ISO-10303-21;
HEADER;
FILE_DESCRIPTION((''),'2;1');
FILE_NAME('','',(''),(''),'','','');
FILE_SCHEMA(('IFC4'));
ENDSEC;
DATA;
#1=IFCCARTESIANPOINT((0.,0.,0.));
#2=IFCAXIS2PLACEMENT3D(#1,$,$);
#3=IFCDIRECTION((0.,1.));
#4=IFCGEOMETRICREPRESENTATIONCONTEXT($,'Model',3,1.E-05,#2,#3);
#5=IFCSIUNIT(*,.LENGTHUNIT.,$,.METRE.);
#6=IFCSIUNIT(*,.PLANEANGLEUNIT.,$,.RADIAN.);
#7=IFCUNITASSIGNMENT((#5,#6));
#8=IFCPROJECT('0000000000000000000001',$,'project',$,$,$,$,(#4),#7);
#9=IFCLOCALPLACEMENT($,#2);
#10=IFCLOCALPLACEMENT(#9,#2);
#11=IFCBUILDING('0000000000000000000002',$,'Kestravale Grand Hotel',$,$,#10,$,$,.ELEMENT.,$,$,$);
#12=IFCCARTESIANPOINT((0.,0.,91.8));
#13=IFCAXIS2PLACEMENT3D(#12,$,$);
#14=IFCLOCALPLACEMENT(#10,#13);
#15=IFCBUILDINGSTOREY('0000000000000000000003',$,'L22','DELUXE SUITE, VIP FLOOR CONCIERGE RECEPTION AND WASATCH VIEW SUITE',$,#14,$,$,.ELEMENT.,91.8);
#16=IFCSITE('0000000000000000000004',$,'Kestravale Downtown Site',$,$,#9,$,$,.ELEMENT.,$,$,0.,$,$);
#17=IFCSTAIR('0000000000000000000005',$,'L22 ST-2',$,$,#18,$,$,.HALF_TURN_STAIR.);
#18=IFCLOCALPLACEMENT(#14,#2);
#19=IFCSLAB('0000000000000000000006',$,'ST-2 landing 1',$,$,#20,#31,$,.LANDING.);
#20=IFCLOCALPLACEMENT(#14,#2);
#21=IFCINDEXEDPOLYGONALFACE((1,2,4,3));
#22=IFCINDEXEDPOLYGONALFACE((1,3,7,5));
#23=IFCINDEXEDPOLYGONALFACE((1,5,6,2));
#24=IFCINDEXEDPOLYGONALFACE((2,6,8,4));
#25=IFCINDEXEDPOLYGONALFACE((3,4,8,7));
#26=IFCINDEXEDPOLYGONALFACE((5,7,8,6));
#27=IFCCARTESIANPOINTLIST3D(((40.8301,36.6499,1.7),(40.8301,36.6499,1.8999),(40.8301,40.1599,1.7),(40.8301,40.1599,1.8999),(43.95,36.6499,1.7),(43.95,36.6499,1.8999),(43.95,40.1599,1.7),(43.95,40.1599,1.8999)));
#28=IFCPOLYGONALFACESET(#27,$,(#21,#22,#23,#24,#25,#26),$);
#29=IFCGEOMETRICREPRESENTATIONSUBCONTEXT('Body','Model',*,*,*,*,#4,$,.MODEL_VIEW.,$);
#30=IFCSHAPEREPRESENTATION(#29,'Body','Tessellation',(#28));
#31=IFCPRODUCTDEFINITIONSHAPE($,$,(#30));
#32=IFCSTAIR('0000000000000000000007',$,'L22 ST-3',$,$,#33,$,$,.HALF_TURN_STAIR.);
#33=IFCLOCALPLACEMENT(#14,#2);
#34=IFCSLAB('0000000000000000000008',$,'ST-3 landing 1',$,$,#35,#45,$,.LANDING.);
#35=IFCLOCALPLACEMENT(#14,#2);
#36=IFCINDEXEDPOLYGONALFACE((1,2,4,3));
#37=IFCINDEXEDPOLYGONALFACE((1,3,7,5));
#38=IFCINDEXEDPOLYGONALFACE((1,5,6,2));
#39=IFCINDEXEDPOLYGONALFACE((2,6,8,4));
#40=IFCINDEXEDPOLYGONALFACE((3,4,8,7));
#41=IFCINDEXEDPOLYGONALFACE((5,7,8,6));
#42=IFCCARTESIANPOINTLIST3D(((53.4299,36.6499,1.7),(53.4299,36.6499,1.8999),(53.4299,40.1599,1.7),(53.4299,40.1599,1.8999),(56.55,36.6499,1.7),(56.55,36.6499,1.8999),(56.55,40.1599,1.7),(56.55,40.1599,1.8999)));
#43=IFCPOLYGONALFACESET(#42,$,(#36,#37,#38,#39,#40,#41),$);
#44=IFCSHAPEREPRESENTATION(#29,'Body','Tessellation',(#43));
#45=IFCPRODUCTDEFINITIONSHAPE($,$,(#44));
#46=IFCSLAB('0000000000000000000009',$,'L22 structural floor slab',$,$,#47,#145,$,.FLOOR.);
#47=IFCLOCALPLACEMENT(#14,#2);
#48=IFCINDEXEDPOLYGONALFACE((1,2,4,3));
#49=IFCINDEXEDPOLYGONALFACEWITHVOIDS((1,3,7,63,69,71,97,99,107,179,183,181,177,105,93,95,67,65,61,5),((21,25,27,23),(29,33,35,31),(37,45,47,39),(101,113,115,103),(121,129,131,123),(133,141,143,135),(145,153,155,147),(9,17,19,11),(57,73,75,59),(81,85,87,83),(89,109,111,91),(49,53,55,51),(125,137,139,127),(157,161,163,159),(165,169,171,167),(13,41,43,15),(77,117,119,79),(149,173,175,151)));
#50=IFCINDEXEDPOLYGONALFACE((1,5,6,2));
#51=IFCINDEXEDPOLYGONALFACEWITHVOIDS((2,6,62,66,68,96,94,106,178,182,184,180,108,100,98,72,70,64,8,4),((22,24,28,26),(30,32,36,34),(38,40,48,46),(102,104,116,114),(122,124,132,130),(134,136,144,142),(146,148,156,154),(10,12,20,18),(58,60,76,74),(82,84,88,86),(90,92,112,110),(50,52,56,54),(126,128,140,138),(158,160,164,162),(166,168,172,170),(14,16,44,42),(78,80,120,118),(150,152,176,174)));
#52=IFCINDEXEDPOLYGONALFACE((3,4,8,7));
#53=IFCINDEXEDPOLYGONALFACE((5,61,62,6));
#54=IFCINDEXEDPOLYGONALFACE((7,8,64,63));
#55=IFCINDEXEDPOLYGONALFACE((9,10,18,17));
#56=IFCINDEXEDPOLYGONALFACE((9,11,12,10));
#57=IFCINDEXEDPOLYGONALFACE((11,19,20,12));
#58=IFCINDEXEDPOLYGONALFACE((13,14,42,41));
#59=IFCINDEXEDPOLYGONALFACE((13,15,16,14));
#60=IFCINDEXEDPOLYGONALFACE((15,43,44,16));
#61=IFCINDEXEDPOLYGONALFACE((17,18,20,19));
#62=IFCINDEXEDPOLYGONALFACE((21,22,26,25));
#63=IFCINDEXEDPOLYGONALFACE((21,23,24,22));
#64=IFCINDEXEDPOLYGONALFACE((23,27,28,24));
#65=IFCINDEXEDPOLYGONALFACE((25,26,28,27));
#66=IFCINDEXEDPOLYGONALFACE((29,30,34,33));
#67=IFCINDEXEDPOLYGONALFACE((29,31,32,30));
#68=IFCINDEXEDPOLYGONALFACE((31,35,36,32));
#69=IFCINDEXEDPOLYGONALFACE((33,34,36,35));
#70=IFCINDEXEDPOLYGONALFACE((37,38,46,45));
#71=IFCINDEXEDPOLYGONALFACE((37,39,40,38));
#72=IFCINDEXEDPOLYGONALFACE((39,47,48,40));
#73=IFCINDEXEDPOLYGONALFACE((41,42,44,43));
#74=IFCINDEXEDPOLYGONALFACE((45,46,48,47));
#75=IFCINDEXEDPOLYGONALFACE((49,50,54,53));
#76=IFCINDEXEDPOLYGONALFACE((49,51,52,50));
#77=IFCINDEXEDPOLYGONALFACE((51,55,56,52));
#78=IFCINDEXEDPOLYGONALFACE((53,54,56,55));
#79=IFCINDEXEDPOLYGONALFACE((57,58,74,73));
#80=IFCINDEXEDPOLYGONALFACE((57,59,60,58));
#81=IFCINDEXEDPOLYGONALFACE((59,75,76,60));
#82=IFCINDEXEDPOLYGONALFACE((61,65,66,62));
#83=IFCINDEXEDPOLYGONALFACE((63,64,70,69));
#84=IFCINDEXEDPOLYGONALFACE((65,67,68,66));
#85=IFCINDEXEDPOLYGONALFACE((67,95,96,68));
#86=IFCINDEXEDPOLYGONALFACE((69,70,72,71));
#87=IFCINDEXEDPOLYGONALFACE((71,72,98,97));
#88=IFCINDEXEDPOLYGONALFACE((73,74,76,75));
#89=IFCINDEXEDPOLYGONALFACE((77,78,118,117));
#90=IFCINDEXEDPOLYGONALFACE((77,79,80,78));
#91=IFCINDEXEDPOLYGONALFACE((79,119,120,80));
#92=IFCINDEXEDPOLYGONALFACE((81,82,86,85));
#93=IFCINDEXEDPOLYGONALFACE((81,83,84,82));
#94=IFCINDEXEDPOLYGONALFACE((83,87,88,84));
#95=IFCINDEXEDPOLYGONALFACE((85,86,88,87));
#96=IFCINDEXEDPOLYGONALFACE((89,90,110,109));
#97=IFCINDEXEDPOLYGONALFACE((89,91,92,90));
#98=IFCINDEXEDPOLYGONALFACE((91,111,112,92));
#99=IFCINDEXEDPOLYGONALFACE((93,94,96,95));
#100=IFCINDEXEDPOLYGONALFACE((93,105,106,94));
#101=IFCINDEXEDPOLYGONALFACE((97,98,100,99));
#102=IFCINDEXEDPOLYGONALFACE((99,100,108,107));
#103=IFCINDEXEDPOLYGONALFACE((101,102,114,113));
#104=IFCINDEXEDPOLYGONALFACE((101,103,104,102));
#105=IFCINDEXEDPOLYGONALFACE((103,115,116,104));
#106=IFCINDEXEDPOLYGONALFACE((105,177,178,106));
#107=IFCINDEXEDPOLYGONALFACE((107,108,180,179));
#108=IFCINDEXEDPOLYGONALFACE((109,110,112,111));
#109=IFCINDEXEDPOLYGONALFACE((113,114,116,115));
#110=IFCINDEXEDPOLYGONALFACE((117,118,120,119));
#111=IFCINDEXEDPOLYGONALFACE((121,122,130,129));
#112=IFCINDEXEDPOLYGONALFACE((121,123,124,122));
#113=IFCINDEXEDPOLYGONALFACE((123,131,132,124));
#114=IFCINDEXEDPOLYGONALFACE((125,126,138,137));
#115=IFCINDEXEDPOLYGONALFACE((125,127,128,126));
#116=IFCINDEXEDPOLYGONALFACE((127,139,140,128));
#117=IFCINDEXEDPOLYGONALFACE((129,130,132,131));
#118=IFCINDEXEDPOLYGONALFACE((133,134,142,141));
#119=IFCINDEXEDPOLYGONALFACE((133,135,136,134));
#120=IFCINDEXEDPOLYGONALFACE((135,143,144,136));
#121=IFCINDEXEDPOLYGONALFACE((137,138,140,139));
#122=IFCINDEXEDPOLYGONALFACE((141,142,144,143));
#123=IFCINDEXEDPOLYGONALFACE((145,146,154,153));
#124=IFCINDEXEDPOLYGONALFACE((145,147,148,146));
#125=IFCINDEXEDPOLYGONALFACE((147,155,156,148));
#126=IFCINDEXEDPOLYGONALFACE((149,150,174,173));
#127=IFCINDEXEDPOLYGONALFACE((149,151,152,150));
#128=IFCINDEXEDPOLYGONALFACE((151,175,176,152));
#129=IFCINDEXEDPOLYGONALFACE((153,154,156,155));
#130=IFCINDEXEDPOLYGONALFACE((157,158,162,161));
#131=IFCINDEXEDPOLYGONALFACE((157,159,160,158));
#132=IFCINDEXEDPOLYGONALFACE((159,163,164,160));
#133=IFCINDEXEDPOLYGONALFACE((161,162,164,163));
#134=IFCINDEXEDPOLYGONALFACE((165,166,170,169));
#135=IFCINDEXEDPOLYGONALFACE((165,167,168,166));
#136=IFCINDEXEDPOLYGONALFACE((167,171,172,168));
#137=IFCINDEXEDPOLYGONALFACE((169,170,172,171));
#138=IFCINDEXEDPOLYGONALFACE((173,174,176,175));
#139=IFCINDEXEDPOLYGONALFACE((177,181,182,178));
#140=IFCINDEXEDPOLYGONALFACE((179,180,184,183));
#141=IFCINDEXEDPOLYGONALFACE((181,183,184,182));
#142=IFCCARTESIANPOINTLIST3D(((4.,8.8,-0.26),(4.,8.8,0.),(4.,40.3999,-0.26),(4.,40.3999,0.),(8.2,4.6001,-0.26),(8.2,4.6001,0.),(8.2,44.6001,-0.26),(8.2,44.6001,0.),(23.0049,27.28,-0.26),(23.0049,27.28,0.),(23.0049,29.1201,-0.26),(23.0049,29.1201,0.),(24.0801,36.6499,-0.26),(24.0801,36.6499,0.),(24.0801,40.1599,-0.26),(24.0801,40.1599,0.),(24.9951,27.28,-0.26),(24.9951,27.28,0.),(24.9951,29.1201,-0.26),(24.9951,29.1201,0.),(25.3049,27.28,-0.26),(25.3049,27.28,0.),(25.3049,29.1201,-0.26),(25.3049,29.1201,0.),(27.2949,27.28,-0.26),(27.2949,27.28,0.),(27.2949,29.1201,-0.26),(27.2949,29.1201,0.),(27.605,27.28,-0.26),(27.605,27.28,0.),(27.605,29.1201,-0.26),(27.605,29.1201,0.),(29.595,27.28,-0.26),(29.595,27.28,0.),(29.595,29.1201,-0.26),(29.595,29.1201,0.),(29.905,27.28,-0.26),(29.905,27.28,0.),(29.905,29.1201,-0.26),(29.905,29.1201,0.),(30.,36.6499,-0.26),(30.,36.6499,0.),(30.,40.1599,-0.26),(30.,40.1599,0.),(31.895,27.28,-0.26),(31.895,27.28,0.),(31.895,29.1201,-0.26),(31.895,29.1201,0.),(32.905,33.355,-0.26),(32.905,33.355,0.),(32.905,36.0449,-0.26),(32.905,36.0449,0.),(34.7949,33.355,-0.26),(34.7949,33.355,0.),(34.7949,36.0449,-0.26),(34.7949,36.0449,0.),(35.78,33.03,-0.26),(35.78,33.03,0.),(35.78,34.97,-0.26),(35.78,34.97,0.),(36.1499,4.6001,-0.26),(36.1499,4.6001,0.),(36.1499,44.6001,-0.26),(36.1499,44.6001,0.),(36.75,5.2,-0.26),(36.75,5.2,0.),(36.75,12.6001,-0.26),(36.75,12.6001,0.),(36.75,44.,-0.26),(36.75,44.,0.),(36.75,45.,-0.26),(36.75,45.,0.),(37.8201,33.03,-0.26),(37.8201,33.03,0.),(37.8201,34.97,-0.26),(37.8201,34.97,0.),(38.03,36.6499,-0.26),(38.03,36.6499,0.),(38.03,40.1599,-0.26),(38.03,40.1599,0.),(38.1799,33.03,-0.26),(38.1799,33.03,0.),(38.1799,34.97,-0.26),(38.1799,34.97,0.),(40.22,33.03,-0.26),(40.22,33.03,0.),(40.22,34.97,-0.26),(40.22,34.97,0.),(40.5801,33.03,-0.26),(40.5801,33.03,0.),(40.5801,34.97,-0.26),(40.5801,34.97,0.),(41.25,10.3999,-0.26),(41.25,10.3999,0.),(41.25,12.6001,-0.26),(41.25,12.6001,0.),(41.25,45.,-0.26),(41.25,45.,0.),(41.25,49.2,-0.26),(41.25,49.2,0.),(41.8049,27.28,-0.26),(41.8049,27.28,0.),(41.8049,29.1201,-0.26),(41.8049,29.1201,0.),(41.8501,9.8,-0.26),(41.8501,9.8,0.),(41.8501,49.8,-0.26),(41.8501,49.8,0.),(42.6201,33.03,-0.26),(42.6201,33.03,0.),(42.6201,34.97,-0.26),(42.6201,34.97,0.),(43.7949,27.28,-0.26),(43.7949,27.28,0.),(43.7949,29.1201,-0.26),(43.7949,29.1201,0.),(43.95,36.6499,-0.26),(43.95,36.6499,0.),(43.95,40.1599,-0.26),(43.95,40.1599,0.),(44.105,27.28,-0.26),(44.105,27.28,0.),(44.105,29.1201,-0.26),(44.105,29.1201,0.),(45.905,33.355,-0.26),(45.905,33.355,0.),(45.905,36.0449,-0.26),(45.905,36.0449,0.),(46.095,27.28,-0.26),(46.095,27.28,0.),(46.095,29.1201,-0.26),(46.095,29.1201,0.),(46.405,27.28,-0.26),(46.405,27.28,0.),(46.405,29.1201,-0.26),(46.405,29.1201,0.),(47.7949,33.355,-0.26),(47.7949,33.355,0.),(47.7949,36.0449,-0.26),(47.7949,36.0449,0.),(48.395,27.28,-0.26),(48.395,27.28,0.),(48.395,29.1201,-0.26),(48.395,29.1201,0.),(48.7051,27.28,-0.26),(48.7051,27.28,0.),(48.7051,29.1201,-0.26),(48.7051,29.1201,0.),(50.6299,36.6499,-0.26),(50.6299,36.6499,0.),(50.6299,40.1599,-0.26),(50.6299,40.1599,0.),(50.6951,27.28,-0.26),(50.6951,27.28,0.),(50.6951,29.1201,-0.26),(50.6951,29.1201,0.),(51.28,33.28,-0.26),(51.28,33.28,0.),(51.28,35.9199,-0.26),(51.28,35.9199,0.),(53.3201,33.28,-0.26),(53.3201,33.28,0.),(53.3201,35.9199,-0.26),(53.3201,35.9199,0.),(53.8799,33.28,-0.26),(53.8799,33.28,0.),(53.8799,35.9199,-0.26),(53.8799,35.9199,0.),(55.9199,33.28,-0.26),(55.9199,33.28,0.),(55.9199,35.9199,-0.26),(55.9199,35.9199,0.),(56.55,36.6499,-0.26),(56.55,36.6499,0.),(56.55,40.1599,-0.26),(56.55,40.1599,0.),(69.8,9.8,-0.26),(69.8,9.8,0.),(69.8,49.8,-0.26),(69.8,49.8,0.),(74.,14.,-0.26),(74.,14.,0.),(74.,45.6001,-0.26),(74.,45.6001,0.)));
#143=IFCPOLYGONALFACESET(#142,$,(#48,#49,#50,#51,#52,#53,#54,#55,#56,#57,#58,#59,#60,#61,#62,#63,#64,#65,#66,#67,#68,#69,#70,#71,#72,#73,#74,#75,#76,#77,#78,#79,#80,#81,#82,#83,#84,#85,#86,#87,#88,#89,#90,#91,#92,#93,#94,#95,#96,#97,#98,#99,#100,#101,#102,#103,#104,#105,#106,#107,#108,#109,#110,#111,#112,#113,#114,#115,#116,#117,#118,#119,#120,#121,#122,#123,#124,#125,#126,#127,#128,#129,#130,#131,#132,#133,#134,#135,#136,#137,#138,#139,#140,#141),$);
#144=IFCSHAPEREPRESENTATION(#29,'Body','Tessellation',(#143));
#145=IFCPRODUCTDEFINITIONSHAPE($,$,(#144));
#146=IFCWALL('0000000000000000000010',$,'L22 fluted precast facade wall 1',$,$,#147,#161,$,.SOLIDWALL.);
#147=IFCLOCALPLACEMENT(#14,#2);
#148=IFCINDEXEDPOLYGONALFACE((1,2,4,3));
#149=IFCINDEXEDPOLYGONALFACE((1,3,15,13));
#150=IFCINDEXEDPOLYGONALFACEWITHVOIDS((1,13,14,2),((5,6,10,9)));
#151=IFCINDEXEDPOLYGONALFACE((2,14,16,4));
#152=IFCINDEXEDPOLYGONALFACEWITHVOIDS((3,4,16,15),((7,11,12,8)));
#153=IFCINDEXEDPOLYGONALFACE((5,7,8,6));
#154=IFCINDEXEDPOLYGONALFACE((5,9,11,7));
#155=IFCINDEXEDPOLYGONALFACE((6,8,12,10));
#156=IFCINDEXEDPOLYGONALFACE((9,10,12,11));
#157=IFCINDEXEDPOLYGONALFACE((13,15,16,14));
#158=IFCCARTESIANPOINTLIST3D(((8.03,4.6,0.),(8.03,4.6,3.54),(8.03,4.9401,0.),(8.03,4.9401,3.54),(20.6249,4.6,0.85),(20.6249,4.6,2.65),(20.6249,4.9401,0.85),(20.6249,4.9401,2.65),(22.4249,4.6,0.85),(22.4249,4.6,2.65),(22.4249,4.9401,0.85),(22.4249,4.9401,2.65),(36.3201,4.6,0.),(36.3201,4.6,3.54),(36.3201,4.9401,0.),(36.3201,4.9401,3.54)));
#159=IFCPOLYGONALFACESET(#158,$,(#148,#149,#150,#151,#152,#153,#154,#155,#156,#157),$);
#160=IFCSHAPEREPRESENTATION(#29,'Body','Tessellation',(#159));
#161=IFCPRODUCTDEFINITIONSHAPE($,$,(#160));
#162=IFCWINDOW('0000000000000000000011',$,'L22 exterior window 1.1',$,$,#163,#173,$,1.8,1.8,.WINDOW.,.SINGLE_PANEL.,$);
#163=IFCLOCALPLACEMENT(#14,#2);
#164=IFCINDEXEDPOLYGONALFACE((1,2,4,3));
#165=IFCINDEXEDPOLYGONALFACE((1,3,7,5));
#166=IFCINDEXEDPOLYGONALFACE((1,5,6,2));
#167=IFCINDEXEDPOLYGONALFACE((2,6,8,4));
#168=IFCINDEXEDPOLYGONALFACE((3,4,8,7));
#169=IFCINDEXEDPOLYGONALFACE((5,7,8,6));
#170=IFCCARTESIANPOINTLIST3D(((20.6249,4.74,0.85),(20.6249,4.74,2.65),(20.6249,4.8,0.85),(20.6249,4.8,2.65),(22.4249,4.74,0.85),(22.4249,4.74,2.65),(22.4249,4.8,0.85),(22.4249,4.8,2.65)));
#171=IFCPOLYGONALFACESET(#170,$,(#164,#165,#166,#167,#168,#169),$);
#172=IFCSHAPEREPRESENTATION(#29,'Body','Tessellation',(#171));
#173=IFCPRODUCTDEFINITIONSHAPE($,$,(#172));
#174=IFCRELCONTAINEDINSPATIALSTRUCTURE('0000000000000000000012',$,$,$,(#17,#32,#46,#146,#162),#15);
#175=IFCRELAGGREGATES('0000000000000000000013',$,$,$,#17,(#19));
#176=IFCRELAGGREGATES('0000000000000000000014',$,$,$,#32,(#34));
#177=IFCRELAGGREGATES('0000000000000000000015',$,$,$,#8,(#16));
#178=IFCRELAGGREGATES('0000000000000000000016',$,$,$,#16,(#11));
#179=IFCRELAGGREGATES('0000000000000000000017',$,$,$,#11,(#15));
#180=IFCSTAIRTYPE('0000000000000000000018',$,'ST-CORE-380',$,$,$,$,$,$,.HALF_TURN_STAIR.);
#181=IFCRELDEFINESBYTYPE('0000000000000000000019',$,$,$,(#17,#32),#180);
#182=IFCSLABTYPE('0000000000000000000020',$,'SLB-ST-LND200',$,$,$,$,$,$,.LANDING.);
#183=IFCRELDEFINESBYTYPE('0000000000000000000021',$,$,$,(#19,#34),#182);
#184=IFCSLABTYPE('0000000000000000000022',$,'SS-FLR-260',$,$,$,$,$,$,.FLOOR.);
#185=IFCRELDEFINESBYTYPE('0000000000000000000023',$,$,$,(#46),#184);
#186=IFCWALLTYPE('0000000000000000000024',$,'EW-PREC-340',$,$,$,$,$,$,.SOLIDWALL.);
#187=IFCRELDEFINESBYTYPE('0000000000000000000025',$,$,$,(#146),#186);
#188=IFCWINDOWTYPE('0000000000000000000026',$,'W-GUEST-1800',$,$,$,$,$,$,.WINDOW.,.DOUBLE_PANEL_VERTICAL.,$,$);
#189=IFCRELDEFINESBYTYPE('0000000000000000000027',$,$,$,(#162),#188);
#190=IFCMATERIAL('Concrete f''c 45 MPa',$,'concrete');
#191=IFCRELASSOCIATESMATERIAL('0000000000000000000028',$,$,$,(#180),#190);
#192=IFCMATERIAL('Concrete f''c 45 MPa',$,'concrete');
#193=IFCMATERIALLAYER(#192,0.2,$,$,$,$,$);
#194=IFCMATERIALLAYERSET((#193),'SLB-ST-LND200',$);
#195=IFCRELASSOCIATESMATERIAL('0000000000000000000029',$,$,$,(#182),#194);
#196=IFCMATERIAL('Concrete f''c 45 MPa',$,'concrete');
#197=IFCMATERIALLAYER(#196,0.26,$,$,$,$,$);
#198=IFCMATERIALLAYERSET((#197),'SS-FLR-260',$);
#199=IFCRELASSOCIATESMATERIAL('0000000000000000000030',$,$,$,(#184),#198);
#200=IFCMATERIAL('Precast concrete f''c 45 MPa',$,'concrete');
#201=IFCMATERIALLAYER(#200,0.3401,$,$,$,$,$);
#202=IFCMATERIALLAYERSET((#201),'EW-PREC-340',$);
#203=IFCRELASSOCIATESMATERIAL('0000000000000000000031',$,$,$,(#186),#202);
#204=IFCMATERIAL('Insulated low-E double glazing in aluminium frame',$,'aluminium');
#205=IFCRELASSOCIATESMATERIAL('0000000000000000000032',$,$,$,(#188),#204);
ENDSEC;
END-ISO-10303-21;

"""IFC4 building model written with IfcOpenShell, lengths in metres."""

from ifc_helpers import new_model, si_unit, direction, frame, frame_2d, origin, place, context, subcontext, project, spatial, polyline, rectangle, outline, extrude, material, layer, layer_set, type_object, element, fill, aggregate, save


model = new_model("IFC4")

# Units and contexts
model_context = context("Model", 3, precision=1e-05, world=origin(), true_north=direction((0.0, 1.0)))
body_context = subcontext(model_context, "Body", "Model", "MODEL_VIEW")
ifc_project = project(units=[si_unit("LENGTHUNIT", "METRE"), si_unit("PLANEANGLEUNIT", "RADIAN")], contexts=[model_context])

# Site, building, storey
site_placement = place(None, origin())
site = spatial("IfcSite", under=ifc_project, at=site_placement, Name="Kestravale Downtown Site", CompositionType="ELEMENT", RefElevation=0.0)
building_placement = place(site_placement, origin())
building = spatial("IfcBuilding", under=site, at=building_placement, Name="Kestravale Grand Hotel", CompositionType="ELEMENT")
storey_placement = place(building_placement, frame((0.0, 0.0, 91.8)))
storey = spatial("IfcBuildingStorey", under=building, at=storey_placement, Name="L22", Description="DELUXE SUITE, VIP FLOOR CONCIERGE RECEPTION AND WASATCH VIEW SUITE", CompositionType="ELEMENT", Elevation=91.8)

# Stairs, slabs
ifc_material_1 = material(Name="Concrete f'c 45 MPa", Category="concrete")
stair_type = type_object("IfcStairType", Name="ST-CORE-380", PredefinedType="HALF_TURN_STAIR", material=ifc_material_1)
ifc_material_2 = material(Name="Concrete f'c 45 MPa", Category="concrete")
ifc_layer_1 = layer(ifc_material_2, 0.2)
ifc_layer_set_1 = layer_set([ifc_layer_1], Name="SLB-ST-LND200")
slab_type_1 = type_object("IfcSlabType", Name="SLB-ST-LND200", PredefinedType="LANDING", material=ifc_layer_set_1)
stair_1_placement = place(storey_placement, origin())
stair_1 = element("IfcStair", 1, at=stair_1_placement, inside=storey, type_object=stair_type, Name="L22 ST-2", PredefinedType="HALF_TURN_STAIR")
slab_1_placement = place(storey_placement, frame((0.0, 0.0, 1.7)))
slab_1 = element("IfcSlab", 2, at=slab_1_placement, type_object=slab_type_1, Name="ST-2 landing 1", PredefinedType="LANDING", context=body_context, shape_type="SweptSolid", body=[
    extrude(outline(polyline([(40.8301, 36.6499), (43.95, 36.6499), (43.95, 40.1599), (40.8301, 40.1599), (40.8301, 36.6499)])), origin(), (0.0, 0.0, 1.0), 0.2),
])
aggregate(stair_1, [slab_1])
stair_2_placement = place(storey_placement, origin())
stair_2 = element("IfcStair", 3, at=stair_2_placement, inside=storey, type_object=stair_type, Name="L22 ST-3", PredefinedType="HALF_TURN_STAIR")
slab_2_placement = place(storey_placement, frame((0.0, 0.0, 1.7)))
slab_2 = element("IfcSlab", 4, at=slab_2_placement, type_object=slab_type_1, Name="ST-3 landing 1", PredefinedType="LANDING", context=body_context, shape_type="SweptSolid", body=[
    extrude(outline(polyline([(53.4299, 36.6499), (56.55, 36.6499), (56.55, 40.1599), (53.4299, 40.1599), (53.4299, 36.6499)])), origin(), (0.0, 0.0, 1.0), 0.2),
])
aggregate(stair_2, [slab_2])

# Slab
ifc_material_3 = material(Name="Concrete f'c 45 MPa", Category="concrete")
ifc_layer_2 = layer(ifc_material_3, 0.26)
ifc_layer_set_2 = layer_set([ifc_layer_2], Name="SS-FLR-260")
slab_type_2 = type_object("IfcSlabType", Name="SS-FLR-260", PredefinedType="FLOOR", material=ifc_layer_set_2)
slab_3_placement = place(storey_placement, frame((0.0, 0.0, -0.26)))
element("IfcSlab", 5, at=slab_3_placement, inside=storey, type_object=slab_type_2, Name="L22 structural floor slab", PredefinedType="FLOOR", context=body_context, shape_type="SweptSolid", body=[
    extrude(outline(polyline([(8.2, 4.6001), (36.1499, 4.6001), (36.75, 5.2), (36.75, 12.6001), (41.25, 12.6001), (41.25, 10.3999), (41.8501, 9.8), (69.8, 9.8), (74.0, 14.0), (74.0, 45.6001), (69.8, 49.8), (41.8501, 49.8), (41.25, 49.2), (41.25, 45.0), (36.75, 45.0), (36.75, 44.0), (36.1499, 44.6001), (8.2, 44.6001), (4.0, 40.3999), (4.0, 8.8), (8.2, 4.6001)]), holes=[polyline([(24.0801, 36.6499), (30.0, 36.6499), (30.0, 40.1599), (24.0801, 40.1599), (24.0801, 36.6499)]), polyline([(38.03, 36.6499), (43.95, 36.6499), (43.95, 40.1599), (38.03, 40.1599), (38.03, 36.6499)]), polyline([(50.6299, 36.6499), (56.55, 36.6499), (56.55, 40.1599), (50.6299, 40.1599), (50.6299, 36.6499)]), polyline([(23.0049, 27.28), (24.9951, 27.28), (24.9951, 29.1201), (23.0049, 29.1201), (23.0049, 27.28)]), polyline([(25.3049, 27.28), (27.2949, 27.28), (27.2949, 29.1201), (25.3049, 29.1201), (25.3049, 27.28)]), polyline([(27.605, 27.28), (29.595, 27.28), (29.595, 29.1201), (27.605, 29.1201), (27.605, 27.28)]), polyline([(29.905, 27.28), (31.895, 27.28), (31.895, 29.1201), (29.905, 29.1201), (29.905, 27.28)]), polyline([(41.8049, 27.28), (43.7949, 27.28), (43.7949, 29.1201), (41.8049, 29.1201), (41.8049, 27.28)]), polyline([(44.105, 27.28), (46.095, 27.28), (46.095, 29.1201), (44.105, 29.1201), (44.105, 27.28)]), polyline([(46.405, 27.28), (48.395, 27.28), (48.395, 29.1201), (46.405, 29.1201), (46.405, 27.28)]), polyline([(48.7051, 27.28), (50.6951, 27.28), (50.6951, 29.1201), (48.7051, 29.1201), (48.7051, 27.28)]), polyline([(35.78, 33.03), (37.8201, 33.03), (37.8201, 34.97), (35.78, 34.97), (35.78, 33.03)]), polyline([(38.1799, 33.03), (40.22, 33.03), (40.22, 34.97), (38.1799, 34.97), (38.1799, 33.03)]), polyline([(40.5801, 33.03), (42.6201, 33.03), (42.6201, 34.97), (40.5801, 34.97), (40.5801, 33.03)]), polyline([(32.905, 33.355), (34.7949, 33.355), (34.7949, 36.0449), (32.905, 36.0449), (32.905, 33.355)]), polyline([(45.905, 33.355), (47.7949, 33.355), (47.7949, 36.0449), (45.905, 36.0449), (45.905, 33.355)]), polyline([(51.28, 33.28), (53.3201, 33.28), (53.3201, 35.9199), (51.28, 35.9199), (51.28, 33.28)]), polyline([(53.8799, 33.28), (55.9199, 33.28), (55.9199, 35.9199), (53.8799, 35.9199), (53.8799, 33.28)])]), origin(), (0.0, 0.0, 1.0), 0.26),
])

# Wall, opening, window
ifc_material_4 = material(Name="Precast concrete f'c 45 MPa", Category="concrete")
ifc_layer_3 = layer(ifc_material_4, 0.3401)
ifc_layer_set_3 = layer_set([ifc_layer_3], Name="EW-PREC-340")
wall_type_1 = type_object("IfcWallType", Name="EW-PREC-340", PredefinedType="SOLIDWALL", material=ifc_layer_set_3)
wall_1_placement = place(storey_placement, frame((8.03, 4.77, 0.0), z_axis=(0.0, 0.0, 1.0), x_axis=(1.0, 0.0, 0.0)))
wall_1 = element("IfcWall", 6, at=wall_1_placement, inside=storey, type_object=wall_type_1, Name="L22 fluted precast facade wall 1", PredefinedType="SOLIDWALL", context=body_context, shape_type="SweptSolid", body=[
    extrude(rectangle(XDim=28.29, YDim=0.3401, at=frame_2d((14.145, 0.0))), origin(), (0.0, 0.0, 1.0), 3.54),
])
opening_1_placement = place(wall_1_placement, frame((12.595, 0.0, 0.8501)))
opening_1 = element("IfcOpeningElement", 7, at=opening_1_placement, cuts=wall_1, PredefinedType="OPENING", context=body_context, shape_type="SweptSolid", body=[
    extrude(rectangle(XDim=1.8, YDim=1.8, at=frame_2d((0.8999, 0.8999))), frame((0.0, 0.1799, 0.0), z_axis=(0.0, -1.0, 0.0), x_axis=(1.0, 0.0, 0.0)), (0.0, 0.0, 1.0), 0.3601),
])
ifc_material_5 = material(Name="Insulated low-E double glazing in aluminium frame", Category="aluminium")
window_type = type_object("IfcWindowType", Name="W-GUEST-1800", PartitioningType="DOUBLE_PANEL_VERTICAL", PredefinedType="WINDOW", material=ifc_material_5)
window_1_placement = place(opening_1_placement, origin())
window_1 = element("IfcWindow", 8, at=window_1_placement, inside=storey, type_object=window_type, Name="L22 exterior window 1.1", OverallHeight=1.8, OverallWidth=1.8, PartitioningType="SINGLE_PANEL", PredefinedType="WINDOW", context=body_context, shape_type="SweptSolid", body=[
    extrude(rectangle(XDim=1.8, YDim=1.8, at=frame_2d((0.8999, 0.8999))), frame((0.0, 0.03, 0.0), z_axis=(0.0, -1.0, 0.0), x_axis=(1.0, 0.0, 0.0)), (0.0, 0.0, 1.0), 0.0601),
])
fill(opening_1, window_1)

save(model, "model.ifc")
